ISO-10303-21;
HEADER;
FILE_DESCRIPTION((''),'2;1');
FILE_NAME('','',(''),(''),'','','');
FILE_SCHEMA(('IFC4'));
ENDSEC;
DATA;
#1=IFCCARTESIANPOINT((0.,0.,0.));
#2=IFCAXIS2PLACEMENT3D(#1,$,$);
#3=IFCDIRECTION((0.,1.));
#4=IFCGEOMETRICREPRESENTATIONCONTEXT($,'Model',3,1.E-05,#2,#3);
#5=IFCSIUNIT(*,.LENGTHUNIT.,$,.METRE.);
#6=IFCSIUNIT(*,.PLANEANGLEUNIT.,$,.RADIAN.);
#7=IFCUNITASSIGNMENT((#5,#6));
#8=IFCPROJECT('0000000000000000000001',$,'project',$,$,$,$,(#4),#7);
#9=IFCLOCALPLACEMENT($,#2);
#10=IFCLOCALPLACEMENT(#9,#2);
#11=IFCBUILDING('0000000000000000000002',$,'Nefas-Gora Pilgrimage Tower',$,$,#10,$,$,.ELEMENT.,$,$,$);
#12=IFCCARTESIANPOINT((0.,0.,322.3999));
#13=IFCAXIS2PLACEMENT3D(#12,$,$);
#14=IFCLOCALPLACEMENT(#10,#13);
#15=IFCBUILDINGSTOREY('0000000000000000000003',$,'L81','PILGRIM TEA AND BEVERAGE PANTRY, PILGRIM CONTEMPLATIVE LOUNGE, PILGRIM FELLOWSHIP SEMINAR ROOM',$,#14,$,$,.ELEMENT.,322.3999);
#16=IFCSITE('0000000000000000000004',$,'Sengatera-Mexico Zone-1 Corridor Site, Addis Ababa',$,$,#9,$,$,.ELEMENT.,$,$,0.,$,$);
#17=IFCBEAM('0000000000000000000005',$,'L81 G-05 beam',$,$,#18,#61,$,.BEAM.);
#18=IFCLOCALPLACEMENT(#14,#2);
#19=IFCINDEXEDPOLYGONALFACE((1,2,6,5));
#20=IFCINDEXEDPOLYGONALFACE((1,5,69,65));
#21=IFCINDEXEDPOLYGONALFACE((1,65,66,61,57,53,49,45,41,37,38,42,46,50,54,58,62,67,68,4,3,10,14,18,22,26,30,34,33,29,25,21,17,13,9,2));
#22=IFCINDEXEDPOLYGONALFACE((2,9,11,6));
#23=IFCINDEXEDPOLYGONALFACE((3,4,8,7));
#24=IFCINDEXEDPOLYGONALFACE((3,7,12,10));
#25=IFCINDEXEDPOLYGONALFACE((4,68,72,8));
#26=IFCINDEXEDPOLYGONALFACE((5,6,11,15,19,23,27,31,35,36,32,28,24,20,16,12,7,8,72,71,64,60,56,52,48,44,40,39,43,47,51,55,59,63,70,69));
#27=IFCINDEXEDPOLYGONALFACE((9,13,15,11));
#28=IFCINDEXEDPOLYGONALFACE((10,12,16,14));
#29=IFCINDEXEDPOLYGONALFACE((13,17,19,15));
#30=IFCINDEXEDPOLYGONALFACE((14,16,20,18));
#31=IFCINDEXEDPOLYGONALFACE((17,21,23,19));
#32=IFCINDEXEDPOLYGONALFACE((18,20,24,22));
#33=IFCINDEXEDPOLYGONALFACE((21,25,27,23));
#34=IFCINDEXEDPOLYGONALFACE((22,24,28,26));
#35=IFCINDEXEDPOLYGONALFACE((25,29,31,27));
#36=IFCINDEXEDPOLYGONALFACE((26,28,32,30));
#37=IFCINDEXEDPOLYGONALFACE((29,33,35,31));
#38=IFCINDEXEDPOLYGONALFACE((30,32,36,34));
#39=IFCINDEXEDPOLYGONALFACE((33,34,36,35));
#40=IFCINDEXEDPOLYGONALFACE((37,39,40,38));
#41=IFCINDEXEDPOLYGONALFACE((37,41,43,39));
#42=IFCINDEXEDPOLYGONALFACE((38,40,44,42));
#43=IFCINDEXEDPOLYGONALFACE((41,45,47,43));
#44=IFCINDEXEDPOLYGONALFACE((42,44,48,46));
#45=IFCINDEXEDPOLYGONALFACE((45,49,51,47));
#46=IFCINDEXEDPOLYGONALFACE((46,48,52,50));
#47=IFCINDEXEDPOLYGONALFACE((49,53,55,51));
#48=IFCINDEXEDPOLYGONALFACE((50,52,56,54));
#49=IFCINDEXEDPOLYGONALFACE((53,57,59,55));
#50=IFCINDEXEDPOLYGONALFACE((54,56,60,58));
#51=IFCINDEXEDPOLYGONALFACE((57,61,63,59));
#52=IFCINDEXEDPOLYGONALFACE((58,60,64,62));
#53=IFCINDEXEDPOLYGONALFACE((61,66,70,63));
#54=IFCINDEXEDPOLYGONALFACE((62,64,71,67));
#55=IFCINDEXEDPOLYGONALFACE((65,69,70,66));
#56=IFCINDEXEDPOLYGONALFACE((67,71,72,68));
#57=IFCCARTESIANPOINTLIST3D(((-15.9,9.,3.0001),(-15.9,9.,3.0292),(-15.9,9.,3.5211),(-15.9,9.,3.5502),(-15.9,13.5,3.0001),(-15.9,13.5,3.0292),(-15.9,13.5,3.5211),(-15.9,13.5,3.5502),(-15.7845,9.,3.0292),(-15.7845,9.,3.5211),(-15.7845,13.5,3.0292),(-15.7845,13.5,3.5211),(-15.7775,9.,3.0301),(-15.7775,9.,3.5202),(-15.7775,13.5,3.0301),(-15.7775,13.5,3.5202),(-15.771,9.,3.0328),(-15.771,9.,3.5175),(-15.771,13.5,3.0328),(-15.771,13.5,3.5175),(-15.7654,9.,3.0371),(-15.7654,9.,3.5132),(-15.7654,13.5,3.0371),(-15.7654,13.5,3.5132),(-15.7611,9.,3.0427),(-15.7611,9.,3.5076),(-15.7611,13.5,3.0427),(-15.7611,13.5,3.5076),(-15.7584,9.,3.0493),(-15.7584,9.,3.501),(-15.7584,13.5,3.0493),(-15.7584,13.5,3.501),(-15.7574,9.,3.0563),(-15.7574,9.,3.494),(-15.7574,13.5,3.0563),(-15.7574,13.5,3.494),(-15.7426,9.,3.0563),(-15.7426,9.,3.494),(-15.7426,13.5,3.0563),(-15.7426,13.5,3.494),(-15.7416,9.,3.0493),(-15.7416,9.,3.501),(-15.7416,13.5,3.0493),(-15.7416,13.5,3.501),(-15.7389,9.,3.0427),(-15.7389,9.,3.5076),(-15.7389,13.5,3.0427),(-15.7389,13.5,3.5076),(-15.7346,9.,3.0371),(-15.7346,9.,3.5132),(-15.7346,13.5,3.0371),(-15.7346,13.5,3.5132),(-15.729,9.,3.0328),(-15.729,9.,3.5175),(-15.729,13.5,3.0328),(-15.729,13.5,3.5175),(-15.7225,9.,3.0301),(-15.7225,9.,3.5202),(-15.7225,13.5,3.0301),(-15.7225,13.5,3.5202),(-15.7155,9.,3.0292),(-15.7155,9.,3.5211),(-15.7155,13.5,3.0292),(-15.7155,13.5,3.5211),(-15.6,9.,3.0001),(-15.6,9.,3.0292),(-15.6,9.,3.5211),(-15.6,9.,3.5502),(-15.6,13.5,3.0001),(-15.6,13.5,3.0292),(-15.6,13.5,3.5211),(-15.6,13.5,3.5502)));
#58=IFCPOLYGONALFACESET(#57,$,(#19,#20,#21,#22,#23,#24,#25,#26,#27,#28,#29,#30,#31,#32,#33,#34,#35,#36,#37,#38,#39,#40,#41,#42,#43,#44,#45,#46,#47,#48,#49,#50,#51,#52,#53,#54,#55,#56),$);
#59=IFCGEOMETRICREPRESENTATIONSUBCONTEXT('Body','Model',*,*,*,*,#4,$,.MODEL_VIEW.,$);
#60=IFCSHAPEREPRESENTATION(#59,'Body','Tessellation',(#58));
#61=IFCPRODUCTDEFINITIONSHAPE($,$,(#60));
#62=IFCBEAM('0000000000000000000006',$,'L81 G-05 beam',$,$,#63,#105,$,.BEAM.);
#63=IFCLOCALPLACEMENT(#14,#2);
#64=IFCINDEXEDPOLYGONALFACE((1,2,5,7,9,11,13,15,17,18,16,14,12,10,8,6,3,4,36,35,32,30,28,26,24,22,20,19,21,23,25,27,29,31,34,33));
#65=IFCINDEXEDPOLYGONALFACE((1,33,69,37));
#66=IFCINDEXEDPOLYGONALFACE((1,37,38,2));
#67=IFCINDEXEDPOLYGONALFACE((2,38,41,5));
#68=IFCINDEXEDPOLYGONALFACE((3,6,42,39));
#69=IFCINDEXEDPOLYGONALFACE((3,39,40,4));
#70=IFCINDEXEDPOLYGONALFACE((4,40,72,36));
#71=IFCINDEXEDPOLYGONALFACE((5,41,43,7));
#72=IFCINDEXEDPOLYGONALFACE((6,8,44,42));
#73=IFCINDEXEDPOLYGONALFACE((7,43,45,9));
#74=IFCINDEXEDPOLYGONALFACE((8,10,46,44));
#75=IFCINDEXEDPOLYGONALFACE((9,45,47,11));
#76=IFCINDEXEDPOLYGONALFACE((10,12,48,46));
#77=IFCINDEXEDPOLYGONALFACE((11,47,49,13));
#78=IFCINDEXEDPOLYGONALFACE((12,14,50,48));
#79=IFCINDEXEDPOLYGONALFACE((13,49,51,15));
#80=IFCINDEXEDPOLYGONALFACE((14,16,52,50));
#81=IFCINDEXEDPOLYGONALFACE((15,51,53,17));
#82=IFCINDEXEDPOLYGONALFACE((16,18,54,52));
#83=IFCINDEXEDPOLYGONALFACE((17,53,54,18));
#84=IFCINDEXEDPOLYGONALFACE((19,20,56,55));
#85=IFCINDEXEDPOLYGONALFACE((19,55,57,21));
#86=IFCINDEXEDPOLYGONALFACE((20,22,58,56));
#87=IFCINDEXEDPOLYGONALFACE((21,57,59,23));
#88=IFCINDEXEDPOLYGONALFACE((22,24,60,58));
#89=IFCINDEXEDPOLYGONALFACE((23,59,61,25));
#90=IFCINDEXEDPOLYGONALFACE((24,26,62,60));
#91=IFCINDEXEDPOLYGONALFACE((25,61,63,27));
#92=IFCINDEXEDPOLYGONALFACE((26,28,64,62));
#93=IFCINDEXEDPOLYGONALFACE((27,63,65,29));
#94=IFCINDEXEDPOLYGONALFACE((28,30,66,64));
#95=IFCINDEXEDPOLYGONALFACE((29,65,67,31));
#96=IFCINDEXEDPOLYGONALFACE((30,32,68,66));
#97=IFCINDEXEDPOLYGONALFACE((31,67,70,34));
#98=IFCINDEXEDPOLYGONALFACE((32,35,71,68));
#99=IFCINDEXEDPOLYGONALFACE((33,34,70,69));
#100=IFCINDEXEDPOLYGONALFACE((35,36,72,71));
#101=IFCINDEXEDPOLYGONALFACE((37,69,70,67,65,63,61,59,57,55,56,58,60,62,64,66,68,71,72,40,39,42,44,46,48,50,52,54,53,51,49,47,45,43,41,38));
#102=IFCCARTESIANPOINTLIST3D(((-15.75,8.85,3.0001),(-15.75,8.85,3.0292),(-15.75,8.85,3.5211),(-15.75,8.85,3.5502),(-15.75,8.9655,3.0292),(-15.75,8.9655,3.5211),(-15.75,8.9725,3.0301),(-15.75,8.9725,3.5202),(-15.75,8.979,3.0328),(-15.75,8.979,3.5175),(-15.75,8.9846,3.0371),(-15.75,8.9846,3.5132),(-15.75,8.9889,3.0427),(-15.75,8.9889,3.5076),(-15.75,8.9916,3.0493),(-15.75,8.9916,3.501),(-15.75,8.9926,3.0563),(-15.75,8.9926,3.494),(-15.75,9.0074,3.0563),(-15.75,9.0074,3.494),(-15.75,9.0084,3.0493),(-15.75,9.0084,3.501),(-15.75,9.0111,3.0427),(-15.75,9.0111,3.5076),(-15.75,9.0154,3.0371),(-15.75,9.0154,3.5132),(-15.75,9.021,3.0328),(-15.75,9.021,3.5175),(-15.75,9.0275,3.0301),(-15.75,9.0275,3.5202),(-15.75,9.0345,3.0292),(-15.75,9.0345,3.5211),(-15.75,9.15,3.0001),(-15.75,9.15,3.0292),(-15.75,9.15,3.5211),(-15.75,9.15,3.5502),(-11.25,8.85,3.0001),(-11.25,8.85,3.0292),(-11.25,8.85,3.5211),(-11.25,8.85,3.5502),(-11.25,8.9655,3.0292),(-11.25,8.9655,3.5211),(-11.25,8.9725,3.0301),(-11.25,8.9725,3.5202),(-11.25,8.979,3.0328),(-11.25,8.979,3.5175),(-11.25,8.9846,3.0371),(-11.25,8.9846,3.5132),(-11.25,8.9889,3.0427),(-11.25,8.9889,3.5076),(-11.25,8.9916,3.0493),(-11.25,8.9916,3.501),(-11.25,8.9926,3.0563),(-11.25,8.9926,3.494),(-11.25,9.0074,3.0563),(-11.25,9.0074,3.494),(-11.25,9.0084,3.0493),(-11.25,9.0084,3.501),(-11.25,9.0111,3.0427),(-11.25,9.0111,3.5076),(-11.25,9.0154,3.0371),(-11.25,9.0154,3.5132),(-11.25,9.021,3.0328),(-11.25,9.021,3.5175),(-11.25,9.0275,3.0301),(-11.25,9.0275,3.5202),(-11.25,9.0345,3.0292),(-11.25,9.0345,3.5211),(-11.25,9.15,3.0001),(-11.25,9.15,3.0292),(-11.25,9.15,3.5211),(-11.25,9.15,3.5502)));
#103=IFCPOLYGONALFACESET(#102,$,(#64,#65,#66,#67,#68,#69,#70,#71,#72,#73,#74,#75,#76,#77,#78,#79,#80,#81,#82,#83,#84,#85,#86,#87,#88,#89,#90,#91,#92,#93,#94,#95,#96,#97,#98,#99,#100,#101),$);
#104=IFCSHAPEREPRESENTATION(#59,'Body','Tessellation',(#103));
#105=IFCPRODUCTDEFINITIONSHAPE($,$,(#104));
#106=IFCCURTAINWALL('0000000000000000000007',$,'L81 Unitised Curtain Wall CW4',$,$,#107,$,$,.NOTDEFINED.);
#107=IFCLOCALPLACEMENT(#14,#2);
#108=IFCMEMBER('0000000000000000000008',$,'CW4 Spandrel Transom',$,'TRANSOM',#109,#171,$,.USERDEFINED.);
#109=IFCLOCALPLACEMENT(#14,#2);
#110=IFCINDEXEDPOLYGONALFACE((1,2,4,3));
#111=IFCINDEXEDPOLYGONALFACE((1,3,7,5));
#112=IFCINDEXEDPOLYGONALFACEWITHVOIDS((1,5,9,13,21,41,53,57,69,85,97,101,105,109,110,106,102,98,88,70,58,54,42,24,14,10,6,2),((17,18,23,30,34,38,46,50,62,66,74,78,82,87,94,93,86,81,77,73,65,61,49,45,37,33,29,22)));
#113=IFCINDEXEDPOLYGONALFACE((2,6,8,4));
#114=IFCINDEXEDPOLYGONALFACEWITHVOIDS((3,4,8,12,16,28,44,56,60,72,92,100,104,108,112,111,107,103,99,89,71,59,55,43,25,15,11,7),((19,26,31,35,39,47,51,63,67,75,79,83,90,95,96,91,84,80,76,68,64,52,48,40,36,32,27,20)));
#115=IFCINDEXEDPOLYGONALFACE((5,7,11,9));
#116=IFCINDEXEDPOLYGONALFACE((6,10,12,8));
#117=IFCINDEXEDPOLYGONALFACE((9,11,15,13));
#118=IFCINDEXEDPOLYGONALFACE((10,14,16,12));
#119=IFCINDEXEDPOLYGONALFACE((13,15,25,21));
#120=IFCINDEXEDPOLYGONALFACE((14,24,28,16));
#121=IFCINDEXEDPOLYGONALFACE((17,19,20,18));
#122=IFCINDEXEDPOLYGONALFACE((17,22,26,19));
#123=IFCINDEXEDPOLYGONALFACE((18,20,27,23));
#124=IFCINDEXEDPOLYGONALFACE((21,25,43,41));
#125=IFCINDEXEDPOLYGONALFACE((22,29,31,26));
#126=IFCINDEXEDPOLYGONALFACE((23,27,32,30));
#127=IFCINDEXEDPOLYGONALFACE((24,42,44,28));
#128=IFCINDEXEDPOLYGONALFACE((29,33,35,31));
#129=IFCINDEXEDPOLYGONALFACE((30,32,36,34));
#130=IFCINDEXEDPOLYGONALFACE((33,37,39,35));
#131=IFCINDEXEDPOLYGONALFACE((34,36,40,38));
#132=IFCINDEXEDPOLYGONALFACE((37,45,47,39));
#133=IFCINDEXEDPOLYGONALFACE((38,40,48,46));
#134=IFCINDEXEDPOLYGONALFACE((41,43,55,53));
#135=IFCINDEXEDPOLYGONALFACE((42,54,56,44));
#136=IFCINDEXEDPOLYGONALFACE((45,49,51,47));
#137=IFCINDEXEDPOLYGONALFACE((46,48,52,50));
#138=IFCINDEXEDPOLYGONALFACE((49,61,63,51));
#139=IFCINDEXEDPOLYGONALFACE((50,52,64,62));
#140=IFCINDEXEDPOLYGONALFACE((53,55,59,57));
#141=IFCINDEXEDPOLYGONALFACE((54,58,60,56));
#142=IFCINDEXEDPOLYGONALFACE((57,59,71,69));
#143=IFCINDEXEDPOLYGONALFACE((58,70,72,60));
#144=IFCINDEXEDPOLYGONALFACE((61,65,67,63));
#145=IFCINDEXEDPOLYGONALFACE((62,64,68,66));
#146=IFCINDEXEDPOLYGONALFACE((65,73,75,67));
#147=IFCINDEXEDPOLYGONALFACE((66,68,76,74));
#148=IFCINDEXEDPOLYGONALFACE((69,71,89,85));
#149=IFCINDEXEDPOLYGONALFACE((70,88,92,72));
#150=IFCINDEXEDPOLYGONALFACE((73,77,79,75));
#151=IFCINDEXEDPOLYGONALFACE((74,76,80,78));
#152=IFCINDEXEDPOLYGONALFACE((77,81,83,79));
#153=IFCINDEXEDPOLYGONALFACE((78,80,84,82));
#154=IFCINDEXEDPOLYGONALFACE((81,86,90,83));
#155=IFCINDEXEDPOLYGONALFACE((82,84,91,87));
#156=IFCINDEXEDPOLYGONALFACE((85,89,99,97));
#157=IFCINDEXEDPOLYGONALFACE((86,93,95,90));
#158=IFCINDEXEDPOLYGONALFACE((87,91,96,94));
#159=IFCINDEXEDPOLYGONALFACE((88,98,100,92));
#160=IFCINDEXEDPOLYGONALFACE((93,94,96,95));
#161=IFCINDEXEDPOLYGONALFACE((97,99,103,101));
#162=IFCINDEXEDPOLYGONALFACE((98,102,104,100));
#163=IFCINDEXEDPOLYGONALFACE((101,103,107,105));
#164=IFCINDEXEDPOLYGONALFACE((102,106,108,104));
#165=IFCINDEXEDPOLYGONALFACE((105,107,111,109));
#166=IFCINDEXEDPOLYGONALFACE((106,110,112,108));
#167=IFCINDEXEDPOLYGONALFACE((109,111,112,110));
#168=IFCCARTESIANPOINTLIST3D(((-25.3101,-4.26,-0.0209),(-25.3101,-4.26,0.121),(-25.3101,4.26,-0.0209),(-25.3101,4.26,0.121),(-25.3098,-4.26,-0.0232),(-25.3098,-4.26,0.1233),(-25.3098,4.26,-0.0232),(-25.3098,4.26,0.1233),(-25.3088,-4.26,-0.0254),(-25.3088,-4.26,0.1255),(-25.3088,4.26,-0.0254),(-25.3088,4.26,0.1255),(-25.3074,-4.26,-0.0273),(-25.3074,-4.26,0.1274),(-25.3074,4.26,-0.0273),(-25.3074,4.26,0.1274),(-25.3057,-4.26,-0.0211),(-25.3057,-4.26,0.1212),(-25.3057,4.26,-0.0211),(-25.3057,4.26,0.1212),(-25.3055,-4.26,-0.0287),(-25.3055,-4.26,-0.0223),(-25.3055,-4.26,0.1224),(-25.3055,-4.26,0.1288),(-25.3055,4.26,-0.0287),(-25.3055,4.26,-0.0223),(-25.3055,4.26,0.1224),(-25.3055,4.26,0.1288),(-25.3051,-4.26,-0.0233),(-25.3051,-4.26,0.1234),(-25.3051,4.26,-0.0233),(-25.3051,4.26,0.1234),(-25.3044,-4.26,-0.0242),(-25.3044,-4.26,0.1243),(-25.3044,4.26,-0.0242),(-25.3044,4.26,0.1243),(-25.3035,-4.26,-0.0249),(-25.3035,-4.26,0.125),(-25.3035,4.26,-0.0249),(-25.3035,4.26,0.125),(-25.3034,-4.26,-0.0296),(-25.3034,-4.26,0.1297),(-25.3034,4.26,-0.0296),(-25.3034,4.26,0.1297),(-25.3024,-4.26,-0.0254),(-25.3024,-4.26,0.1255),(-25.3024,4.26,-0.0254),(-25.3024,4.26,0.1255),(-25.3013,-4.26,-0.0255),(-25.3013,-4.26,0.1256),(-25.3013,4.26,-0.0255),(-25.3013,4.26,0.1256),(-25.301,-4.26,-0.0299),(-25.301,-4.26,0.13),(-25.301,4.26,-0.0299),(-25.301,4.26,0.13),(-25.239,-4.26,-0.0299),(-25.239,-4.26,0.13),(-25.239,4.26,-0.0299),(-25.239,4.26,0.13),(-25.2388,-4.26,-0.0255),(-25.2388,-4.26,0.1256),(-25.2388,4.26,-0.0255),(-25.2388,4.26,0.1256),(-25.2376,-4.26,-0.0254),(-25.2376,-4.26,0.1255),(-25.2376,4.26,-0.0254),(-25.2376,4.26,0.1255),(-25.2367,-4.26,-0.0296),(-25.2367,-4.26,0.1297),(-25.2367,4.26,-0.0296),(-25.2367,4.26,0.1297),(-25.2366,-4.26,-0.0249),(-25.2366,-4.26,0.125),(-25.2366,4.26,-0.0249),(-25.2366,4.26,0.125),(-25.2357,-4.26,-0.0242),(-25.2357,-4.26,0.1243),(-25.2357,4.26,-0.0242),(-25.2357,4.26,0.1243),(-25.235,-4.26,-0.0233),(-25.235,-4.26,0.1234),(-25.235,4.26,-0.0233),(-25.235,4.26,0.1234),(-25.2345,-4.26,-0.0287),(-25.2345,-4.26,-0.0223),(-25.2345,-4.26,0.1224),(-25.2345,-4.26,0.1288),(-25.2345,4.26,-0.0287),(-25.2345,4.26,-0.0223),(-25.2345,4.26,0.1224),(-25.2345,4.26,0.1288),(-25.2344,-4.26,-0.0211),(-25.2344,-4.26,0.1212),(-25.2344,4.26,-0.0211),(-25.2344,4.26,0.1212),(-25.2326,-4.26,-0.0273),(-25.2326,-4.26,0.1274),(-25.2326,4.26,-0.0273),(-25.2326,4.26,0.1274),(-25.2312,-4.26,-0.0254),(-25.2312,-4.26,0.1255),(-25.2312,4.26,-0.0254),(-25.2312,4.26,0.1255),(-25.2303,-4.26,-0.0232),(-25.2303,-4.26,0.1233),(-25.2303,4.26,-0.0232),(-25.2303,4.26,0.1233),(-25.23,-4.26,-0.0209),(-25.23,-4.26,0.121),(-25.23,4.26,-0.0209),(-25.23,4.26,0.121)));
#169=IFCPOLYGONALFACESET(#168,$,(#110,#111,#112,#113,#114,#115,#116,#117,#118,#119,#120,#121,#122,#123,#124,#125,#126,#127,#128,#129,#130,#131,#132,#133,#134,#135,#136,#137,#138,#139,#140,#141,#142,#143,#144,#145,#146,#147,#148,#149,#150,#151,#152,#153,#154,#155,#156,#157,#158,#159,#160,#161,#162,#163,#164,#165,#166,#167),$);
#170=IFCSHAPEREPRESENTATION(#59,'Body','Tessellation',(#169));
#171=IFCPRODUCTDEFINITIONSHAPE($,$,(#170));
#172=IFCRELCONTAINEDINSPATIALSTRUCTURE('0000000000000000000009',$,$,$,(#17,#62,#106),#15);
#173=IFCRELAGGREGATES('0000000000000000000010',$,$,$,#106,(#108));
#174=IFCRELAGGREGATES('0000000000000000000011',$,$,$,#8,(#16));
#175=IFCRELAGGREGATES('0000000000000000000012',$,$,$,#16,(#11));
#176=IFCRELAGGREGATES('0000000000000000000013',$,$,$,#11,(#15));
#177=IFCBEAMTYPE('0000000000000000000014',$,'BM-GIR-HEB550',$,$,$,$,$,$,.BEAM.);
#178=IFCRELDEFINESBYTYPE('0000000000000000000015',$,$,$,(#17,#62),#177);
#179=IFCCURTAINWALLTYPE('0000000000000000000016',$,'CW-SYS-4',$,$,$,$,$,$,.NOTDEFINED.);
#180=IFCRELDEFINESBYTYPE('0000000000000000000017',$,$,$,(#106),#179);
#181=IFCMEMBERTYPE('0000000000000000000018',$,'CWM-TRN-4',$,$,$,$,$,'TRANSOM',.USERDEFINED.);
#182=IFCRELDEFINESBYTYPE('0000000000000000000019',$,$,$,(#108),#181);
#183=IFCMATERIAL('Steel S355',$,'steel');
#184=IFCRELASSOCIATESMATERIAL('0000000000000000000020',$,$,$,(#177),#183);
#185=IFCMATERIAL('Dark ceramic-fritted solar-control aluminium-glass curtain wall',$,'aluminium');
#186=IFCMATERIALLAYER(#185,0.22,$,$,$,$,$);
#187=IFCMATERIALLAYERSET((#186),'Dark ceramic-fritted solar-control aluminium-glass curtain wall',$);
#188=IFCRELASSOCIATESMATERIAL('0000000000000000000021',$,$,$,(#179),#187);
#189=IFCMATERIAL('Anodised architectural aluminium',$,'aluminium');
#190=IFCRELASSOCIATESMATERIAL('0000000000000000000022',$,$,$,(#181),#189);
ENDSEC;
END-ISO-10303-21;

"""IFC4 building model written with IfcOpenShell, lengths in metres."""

from ifc_helpers import new_model, si_unit, direction, frame, origin, origin_2d, place, context, subcontext, project, spatial, hollow_rectangle, i_section, extrude, source, transform, mapped, material, layer, layer_set, material_profile, profile_set, type_object, element, aggregate, save


model = new_model("IFC4")

# Units and contexts
model_context = context("Model", 3, precision=1e-05, world=origin(), true_north=direction((0.0, 1.0)))
body_context = subcontext(model_context, "Body", "Model", "MODEL_VIEW")
ifc_project = project(units=[si_unit("LENGTHUNIT", "METRE"), si_unit("PLANEANGLEUNIT", "RADIAN")], contexts=[model_context])

# Site, building, storey
site_placement = place(None, origin())
site = spatial("IfcSite", under=ifc_project, at=site_placement, Name="Sengatera-Mexico Zone-1 Corridor Site, Addis Ababa", CompositionType="ELEMENT", RefElevation=0.0)
building_placement = place(site_placement, origin())
building = spatial("IfcBuilding", under=site, at=building_placement, Name="Nefas-Gora Pilgrimage Tower", CompositionType="ELEMENT")
storey_placement = place(building_placement, frame((0.0, 0.0, 322.3999)))
storey = spatial("IfcBuildingStorey", under=building, at=storey_placement, Name="L81", Description="PILGRIM TEA AND BEVERAGE PANTRY, PILGRIM CONTEMPLATIVE LOUNGE, PILGRIM FELLOWSHIP SEMINAR ROOM", CompositionType="ELEMENT", Elevation=322.3999)

# Shared definitions
ifc_material_1 = material(Name="Steel S355", Category="steel")

# Beams
ifc_material_profile_1 = material_profile(ifc_material_1, i_section(OverallWidth=0.3, OverallDepth=0.55, WebThickness=0.0149, FlangeThickness=0.0291, FilletRadius=0.0271, at=origin_2d()), Name="HEB 550")
ifc_profile_set_1 = profile_set([ifc_material_profile_1], Name="Steel S355")
beam_type_1 = type_object("IfcBeamType", Name="BM-GIR-HEB550", PredefinedType="BEAM", material=ifc_profile_set_1)
shared_shape_1 = source(origin(), body_context, "Body", "SweptSolid", [
    extrude(i_section(OverallWidth=0.3, OverallDepth=0.55, WebThickness=0.0149, FlangeThickness=0.0291, FilletRadius=0.0271, at=origin_2d()), origin(), (0.0, 0.0, 1.0), 4.5),
])
for number, where, z_axis, x_axis, name in (
    (1, (-15.75, 9.0, 3.2751), (0.0, 1.0, 0.0), (-1.0, 0.0, 0.0), "L81 G-05 beam"),
    (2, (-15.75, 9.0, 3.2751), (1.0, 0.0, 0.0), (0.0, 1.0, 0.0), "L81 G-05 beam"),
):
    element("IfcBeam", number, at=place(storey_placement, frame(where, z_axis=z_axis, x_axis=x_axis)), inside=storey, type_object=beam_type_1, Name=name, PredefinedType="BEAM", context=body_context, shape_type="MappedRepresentation", body=[
        mapped(shared_shape_1, transform((0.0, 0.0, 0.0), x_axis=(1.0, 0.0, 0.0), y_axis=(0.0, 1.0, 0.0), z_axis=(0.0, 0.0, 1.0), scale=1.0)),
    ])

# Curtain wall, member
ifc_material_2 = material(Name="Dark ceramic-fritted solar-control aluminium-glass curtain wall", Category="aluminium")
ifc_layer_1 = layer(ifc_material_2, 0.22)
ifc_layer_set_1 = layer_set([ifc_layer_1], Name="Dark ceramic-fritted solar-control aluminium-glass curtain wall")
curtain_wall_type = type_object("IfcCurtainWallType", Name="CW-SYS-4", PredefinedType="NOTDEFINED", material=ifc_layer_set_1)
curtain_wall_placement = place(storey_placement, origin())
curtain_wall = element("IfcCurtainWall", 3, at=curtain_wall_placement, inside=storey, type_object=curtain_wall_type, Name="L81 Unitised Curtain Wall CW4", PredefinedType="NOTDEFINED")
ifc_material_3 = material(Name="Anodised architectural aluminium", Category="aluminium")
ifc_material_profile_2 = material_profile(ifc_material_3, hollow_rectangle(XDim=0.0801, YDim=0.1599, WallThickness=0.0044, InnerFilletRadius=0.0044, OuterFilletRadius=0.009, at=origin_2d()), Name="ALU TRANSOM 80x160")
ifc_profile_set_2 = profile_set([ifc_material_profile_2], Name="Anodised architectural aluminium")
member_type_1 = type_object("IfcMemberType", Name="CWM-TRN-4", ElementType="TRANSOM", PredefinedType="USERDEFINED", material=ifc_profile_set_2)
shared_shape_2 = source(origin(), body_context, "Body", "SweptSolid", [
    extrude(hollow_rectangle(XDim=0.0801, YDim=0.1599, WallThickness=0.0044, InnerFilletRadius=0.0044, OuterFilletRadius=0.009, at=origin_2d()), origin(), (0.0, 0.0, 1.0), 8.52),
])
member_1_placement = place(storey_placement, frame((-25.27, 4.26, 0.05), z_axis=(0.0, -1.0, 0.0), x_axis=(1.0, 0.0, 0.0)))
member_1 = element("IfcMember", 4, at=member_1_placement, type_object=member_type_1, Name="CW4 Spandrel Transom", ObjectType="TRANSOM", PredefinedType="USERDEFINED", context=body_context, shape_type="MappedRepresentation", body=[
    mapped(shared_shape_2, transform((0.0, 0.0, 0.0), x_axis=(1.0, 0.0, 0.0), y_axis=(0.0, 1.0, 0.0), z_axis=(0.0, 0.0, 1.0), scale=1.0)),
])
aggregate(curtain_wall, [member_1])

save(model, "model.ifc")
